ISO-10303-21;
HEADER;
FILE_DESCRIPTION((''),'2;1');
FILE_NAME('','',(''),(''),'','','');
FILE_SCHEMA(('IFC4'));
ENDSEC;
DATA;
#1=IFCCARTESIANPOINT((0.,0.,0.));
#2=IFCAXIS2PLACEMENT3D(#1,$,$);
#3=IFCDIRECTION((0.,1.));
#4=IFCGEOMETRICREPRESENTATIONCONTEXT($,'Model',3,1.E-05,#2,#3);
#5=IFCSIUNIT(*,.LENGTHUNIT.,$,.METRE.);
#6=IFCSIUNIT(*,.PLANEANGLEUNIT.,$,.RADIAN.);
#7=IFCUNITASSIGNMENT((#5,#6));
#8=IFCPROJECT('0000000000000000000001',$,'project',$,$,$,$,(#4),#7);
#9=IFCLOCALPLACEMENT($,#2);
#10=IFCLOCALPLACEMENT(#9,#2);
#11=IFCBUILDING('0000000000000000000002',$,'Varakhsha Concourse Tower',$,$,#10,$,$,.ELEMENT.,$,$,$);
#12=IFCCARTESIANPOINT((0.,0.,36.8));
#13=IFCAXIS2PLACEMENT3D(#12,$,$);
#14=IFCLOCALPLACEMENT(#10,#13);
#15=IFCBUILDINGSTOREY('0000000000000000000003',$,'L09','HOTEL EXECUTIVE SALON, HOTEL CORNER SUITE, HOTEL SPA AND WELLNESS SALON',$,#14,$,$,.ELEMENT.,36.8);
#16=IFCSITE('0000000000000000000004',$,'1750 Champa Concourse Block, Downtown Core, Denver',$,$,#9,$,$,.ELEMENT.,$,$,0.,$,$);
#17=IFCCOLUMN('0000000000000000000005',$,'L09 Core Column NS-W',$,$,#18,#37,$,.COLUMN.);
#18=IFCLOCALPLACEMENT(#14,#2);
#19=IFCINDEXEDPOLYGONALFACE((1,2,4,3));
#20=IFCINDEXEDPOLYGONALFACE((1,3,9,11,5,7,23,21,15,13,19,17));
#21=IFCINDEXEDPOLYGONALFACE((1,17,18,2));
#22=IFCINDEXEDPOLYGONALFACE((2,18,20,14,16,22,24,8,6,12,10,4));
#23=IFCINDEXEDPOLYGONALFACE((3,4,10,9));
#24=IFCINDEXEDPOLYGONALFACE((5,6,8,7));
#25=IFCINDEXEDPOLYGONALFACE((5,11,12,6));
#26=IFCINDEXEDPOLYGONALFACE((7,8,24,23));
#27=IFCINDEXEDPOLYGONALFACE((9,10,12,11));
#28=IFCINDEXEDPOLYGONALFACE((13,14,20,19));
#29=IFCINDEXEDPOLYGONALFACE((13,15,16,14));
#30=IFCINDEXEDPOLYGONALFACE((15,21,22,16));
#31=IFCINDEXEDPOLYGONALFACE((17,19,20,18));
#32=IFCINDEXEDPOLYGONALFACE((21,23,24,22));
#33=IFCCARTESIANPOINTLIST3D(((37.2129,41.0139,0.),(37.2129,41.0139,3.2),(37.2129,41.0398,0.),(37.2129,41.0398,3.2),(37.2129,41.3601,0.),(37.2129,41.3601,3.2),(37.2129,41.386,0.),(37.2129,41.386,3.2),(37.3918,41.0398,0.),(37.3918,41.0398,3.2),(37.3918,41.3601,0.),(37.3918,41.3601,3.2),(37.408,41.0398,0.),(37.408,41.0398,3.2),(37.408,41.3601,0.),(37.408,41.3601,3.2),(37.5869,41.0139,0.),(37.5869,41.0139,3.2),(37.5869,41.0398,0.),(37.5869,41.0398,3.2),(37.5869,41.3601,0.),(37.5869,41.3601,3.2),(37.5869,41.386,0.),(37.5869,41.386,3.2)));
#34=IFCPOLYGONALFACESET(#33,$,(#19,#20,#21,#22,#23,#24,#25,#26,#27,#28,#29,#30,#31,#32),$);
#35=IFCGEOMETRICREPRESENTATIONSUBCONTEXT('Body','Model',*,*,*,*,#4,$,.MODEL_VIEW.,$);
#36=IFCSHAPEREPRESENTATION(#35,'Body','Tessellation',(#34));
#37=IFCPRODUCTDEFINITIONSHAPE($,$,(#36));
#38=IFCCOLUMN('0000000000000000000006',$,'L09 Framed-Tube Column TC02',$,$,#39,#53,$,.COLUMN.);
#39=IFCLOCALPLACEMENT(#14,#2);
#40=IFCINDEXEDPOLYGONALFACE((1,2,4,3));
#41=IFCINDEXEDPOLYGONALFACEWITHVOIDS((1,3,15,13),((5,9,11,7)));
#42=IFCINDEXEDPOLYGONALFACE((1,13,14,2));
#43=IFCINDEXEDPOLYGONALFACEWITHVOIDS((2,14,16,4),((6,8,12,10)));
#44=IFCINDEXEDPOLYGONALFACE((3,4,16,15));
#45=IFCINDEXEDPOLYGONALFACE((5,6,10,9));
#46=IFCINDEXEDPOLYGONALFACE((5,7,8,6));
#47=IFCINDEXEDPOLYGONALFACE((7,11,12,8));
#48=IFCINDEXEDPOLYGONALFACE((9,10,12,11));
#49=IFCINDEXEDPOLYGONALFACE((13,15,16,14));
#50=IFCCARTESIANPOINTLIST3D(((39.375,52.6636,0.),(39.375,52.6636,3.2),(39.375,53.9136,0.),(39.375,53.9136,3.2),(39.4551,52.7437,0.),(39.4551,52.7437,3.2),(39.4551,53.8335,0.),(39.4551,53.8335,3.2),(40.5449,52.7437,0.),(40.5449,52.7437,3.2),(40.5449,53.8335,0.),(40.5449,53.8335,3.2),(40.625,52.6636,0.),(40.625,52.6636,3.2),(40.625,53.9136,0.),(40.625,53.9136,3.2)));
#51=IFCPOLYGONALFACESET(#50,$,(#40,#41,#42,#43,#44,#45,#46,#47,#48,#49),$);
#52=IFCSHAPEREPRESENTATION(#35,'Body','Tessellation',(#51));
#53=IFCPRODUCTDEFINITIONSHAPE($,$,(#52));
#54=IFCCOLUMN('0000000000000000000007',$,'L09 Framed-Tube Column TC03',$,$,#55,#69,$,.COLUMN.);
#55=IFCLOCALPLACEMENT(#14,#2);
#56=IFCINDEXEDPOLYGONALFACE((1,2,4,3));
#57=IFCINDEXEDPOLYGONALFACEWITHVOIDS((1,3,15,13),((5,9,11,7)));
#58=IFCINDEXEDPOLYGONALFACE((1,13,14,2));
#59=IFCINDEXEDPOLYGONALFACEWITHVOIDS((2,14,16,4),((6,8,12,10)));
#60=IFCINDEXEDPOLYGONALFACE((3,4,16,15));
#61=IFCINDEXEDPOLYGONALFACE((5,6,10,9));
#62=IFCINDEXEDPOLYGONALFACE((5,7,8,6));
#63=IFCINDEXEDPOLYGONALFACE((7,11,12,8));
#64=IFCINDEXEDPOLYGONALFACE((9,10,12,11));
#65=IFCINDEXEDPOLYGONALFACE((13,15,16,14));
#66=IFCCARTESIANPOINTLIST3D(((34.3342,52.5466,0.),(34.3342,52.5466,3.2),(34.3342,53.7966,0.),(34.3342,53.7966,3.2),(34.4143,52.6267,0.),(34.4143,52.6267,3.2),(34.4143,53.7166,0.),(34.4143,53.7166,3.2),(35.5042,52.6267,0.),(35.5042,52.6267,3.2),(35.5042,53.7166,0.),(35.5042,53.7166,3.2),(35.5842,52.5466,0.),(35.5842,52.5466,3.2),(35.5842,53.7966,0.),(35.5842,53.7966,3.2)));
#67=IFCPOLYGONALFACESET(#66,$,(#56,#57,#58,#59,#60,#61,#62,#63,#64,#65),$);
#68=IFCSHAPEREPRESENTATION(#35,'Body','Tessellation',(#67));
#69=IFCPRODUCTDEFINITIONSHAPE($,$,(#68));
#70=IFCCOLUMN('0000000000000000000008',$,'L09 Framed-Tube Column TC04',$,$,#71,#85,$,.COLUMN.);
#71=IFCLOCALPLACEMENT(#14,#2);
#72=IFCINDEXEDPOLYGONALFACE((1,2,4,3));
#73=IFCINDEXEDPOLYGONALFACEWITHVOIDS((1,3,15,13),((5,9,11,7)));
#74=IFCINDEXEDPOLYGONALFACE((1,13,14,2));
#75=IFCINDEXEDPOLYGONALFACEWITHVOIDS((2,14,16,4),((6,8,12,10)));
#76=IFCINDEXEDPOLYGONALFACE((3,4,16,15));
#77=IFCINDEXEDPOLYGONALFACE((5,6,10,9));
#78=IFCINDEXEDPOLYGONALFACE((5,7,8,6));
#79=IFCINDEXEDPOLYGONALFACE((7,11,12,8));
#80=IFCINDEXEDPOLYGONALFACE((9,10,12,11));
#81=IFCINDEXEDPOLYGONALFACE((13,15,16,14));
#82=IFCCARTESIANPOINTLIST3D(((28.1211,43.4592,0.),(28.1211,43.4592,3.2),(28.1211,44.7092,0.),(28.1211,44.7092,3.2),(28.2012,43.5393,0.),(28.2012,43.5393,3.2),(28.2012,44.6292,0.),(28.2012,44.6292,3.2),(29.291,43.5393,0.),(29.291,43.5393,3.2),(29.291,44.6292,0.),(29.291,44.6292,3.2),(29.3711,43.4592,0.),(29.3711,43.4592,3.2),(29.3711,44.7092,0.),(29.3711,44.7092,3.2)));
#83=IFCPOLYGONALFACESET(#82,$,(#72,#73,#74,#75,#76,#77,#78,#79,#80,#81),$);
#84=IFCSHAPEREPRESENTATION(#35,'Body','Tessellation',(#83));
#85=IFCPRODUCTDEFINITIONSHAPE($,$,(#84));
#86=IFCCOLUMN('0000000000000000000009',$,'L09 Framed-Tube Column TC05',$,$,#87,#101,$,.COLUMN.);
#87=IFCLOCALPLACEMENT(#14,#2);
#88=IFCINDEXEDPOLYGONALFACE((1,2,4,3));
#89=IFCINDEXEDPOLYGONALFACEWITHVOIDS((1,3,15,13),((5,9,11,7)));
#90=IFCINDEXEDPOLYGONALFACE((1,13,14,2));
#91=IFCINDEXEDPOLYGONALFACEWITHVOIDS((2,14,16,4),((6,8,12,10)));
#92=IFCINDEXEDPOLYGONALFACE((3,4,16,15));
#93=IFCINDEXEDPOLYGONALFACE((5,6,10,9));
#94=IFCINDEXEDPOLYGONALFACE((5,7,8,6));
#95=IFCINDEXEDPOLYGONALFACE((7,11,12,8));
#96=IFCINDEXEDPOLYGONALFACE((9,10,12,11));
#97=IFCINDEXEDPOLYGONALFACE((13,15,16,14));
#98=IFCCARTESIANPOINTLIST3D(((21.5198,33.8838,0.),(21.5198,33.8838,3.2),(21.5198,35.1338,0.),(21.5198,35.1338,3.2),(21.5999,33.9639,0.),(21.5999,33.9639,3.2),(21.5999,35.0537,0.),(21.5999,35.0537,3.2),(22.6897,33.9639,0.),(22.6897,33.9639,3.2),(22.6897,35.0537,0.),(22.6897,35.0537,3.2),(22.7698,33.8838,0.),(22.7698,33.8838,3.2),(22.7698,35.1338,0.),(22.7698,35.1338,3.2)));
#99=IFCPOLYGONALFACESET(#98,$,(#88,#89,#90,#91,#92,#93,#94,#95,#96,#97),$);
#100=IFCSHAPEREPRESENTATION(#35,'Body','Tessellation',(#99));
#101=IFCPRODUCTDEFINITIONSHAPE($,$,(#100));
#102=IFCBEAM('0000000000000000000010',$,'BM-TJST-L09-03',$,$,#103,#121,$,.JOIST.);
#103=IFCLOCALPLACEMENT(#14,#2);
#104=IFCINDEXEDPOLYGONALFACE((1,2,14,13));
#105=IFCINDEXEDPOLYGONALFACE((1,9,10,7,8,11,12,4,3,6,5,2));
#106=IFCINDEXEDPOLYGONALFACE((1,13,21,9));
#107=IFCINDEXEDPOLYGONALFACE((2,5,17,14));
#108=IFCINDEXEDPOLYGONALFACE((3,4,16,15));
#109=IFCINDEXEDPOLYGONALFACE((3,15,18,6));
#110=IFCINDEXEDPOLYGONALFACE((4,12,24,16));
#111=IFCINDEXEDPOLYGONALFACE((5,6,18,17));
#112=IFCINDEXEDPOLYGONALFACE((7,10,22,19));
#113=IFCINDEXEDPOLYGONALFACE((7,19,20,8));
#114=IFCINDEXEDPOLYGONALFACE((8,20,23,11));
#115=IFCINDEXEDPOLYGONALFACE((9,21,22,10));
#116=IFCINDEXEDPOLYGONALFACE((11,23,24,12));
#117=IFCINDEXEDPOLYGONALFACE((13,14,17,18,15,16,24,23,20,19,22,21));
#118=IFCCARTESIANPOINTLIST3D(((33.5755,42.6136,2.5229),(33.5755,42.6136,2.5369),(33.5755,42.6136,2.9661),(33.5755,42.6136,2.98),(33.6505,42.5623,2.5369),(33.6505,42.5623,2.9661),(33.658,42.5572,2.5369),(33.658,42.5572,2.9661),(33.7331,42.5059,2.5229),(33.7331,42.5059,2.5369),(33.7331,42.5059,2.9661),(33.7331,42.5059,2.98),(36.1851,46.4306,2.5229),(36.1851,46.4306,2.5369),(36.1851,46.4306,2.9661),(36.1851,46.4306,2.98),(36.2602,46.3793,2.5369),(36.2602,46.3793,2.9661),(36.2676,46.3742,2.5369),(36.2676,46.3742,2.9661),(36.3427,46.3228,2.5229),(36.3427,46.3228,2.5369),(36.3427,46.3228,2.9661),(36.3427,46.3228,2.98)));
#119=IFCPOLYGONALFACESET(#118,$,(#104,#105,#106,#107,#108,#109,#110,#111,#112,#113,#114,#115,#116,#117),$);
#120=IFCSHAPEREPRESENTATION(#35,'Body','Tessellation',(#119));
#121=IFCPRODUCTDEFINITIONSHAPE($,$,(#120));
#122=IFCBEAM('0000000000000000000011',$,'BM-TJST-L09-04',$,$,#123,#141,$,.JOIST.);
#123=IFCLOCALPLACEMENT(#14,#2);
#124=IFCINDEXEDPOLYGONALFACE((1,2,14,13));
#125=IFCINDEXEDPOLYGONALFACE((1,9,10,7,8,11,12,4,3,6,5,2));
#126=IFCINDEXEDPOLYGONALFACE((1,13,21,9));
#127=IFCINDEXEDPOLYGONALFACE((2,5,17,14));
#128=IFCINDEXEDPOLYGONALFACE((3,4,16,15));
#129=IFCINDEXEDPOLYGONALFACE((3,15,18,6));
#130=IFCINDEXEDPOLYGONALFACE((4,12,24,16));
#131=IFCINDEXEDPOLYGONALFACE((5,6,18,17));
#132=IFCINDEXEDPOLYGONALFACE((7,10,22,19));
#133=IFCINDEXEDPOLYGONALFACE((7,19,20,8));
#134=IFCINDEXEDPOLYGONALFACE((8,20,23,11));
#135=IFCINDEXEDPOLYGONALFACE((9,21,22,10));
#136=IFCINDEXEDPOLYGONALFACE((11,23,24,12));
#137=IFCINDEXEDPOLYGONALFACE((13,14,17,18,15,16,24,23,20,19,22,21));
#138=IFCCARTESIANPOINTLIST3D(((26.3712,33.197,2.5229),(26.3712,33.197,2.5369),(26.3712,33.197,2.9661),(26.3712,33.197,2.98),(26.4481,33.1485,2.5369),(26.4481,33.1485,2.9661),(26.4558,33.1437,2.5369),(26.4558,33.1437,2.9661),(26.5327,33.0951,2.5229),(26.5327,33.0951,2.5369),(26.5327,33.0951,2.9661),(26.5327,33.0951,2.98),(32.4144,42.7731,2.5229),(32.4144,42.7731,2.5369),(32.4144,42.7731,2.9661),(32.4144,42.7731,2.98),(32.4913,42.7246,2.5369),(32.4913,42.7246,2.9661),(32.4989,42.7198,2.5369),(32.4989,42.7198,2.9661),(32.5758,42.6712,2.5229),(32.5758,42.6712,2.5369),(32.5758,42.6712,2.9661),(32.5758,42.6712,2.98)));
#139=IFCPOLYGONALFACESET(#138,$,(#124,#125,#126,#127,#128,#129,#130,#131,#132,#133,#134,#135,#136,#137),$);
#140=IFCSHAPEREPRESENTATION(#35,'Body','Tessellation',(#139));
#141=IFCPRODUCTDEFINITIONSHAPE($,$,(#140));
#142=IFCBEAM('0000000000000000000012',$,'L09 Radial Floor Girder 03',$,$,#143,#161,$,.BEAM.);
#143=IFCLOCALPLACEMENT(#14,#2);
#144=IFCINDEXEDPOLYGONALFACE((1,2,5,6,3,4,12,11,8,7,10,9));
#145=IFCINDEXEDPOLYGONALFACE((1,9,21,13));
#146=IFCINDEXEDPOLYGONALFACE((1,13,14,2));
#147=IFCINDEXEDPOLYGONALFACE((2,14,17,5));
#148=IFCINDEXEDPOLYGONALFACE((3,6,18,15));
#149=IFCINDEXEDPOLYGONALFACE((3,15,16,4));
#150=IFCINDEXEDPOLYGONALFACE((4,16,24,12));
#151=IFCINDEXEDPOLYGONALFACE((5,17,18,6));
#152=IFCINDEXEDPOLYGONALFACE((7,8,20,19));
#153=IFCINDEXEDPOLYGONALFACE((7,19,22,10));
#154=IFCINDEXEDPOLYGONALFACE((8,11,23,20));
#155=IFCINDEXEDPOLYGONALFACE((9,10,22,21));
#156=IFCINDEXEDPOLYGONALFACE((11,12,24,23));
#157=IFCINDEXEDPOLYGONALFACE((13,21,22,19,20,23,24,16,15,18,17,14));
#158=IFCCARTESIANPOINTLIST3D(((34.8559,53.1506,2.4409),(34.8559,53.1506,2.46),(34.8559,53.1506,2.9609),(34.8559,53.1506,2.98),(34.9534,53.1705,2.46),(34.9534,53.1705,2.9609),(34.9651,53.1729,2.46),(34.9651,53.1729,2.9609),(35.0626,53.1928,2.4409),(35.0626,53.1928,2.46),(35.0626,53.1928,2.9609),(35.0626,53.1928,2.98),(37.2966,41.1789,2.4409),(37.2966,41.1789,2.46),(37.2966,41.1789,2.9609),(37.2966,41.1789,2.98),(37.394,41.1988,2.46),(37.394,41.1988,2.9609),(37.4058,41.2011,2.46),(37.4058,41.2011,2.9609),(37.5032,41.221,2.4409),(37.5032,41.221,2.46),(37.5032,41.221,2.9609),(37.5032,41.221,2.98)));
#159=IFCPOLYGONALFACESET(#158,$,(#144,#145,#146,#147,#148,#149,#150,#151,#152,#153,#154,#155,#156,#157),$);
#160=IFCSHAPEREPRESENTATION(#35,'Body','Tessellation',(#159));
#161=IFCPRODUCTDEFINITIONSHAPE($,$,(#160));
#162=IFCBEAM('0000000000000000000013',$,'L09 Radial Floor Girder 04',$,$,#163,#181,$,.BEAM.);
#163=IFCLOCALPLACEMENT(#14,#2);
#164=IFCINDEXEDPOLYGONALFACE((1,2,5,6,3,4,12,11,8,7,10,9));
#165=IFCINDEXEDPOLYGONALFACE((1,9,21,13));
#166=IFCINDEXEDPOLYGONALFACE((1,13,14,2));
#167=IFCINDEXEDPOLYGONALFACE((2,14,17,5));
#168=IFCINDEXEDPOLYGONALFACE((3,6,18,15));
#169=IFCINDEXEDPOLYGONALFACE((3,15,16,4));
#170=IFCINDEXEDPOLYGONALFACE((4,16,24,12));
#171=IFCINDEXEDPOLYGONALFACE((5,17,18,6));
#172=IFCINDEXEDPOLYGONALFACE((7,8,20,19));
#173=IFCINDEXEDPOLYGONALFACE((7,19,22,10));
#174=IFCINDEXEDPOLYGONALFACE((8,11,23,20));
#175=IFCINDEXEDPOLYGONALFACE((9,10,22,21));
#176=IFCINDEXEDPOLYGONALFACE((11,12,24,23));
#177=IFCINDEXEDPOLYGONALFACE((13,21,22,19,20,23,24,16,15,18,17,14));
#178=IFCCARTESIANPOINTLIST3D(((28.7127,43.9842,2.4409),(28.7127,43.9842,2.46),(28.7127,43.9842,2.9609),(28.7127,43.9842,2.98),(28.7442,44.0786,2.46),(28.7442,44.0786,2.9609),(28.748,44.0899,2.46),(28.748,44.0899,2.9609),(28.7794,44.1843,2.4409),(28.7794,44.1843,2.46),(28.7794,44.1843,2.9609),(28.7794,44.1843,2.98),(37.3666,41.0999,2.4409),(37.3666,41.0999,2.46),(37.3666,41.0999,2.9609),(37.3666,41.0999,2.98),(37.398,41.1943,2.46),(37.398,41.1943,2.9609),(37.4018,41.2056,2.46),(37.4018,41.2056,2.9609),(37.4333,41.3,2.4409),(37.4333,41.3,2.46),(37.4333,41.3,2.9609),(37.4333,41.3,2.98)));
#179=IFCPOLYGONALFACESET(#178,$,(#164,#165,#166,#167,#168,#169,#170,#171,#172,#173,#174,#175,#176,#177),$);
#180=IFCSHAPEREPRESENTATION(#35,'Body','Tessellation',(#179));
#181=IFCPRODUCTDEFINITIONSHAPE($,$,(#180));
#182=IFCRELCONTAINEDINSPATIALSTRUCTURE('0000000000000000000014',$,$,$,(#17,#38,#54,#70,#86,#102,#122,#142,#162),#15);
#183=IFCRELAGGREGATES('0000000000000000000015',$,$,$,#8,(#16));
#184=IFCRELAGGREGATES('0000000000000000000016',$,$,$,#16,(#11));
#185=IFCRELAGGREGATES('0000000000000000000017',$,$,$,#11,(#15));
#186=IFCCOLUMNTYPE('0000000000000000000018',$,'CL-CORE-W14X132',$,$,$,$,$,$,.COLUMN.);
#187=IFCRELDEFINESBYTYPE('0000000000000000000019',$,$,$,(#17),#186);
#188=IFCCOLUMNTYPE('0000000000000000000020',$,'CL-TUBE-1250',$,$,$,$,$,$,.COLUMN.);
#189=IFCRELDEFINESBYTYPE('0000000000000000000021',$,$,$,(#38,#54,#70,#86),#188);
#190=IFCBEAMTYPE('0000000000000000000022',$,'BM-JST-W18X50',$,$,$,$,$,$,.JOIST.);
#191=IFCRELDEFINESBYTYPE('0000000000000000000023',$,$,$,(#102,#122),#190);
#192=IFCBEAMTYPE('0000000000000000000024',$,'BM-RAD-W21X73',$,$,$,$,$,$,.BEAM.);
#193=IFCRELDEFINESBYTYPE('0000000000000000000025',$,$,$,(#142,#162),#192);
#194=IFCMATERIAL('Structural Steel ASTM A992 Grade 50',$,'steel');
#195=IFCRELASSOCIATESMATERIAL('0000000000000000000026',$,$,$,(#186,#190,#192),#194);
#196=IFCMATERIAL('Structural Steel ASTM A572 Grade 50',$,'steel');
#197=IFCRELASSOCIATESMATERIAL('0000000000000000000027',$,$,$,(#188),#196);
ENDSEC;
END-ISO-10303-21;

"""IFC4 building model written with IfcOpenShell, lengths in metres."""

from ifc_helpers import new_model, si_unit, direction, frame, origin, origin_2d, place, context, subcontext, project, spatial, hollow_rectangle, i_section, extrude, material, material_profile, profile_set, type_object, element, save


model = new_model("IFC4")

# Units and contexts
model_context = context("Model", 3, precision=1e-05, world=origin(), true_north=direction((0.0, 1.0)))
body_context = subcontext(model_context, "Body", "Model", "MODEL_VIEW")
ifc_project = project(units=[si_unit("LENGTHUNIT", "METRE"), si_unit("PLANEANGLEUNIT", "RADIAN")], contexts=[model_context])

# Site, building, storey
site_placement = place(None, origin())
site = spatial("IfcSite", under=ifc_project, at=site_placement, Name="1750 Champa Concourse Block, Downtown Core, Denver", CompositionType="ELEMENT", RefElevation=0.0)
building_placement = place(site_placement, origin())
building = spatial("IfcBuilding", under=site, at=building_placement, Name="Varakhsha Concourse Tower", CompositionType="ELEMENT")
storey_placement = place(building_placement, frame((0.0, 0.0, 36.8)))
storey = spatial("IfcBuildingStorey", under=building, at=storey_placement, Name="L09", Description="HOTEL EXECUTIVE SALON, HOTEL CORNER SUITE, HOTEL SPA AND WELLNESS SALON", CompositionType="ELEMENT", Elevation=36.8)

# Columns
ifc_material_1 = material(Name="Structural Steel ASTM A992 Grade 50", Category="steel")
ifc_material_profile_1 = material_profile(ifc_material_1, i_section(OverallWidth=0.374, OverallDepth=0.3721, WebThickness=0.0161, FlangeThickness=0.0259, at=origin_2d()), Name="W14X132")
ifc_profile_set_1 = profile_set([ifc_material_profile_1], Name="Structural Steel ASTM A992 Grade 50")
column_type_1 = type_object("IfcColumnType", Name="CL-CORE-W14X132", PredefinedType="COLUMN", material=ifc_profile_set_1)
column_placement = place(storey_placement, frame((37.3999, 41.2, 0.0), z_axis=(0.0, 0.0, 1.0), x_axis=(1.0, 0.0, 0.0)))
element("IfcColumn", 1, at=column_placement, inside=storey, type_object=column_type_1, Name="L09 Core Column NS-W", PredefinedType="COLUMN", context=body_context, shape_type="SweptSolid", body=[
    extrude(i_section(OverallWidth=0.374, OverallDepth=0.3721, WebThickness=0.0161, FlangeThickness=0.0259, at=origin_2d()), origin(), (0.0, 0.0, 1.0), 3.2),
])
ifc_material_2 = material(Name="Structural Steel ASTM A572 Grade 50", Category="steel")
ifc_material_profile_2 = material_profile(ifc_material_2, hollow_rectangle(XDim=1.25, YDim=1.25, WallThickness=0.0801, at=origin_2d()), Name="BOX 1250x1250x80")
ifc_profile_set_2 = profile_set([ifc_material_profile_2], Name="Structural Steel ASTM A572 Grade 50")
column_type_2 = type_object("IfcColumnType", Name="CL-TUBE-1250", PredefinedType="COLUMN", material=ifc_profile_set_2)
for number, where, z_axis, x_axis, name in (
    (2, (40.0, 53.2886, 0.0), (0.0, 0.0, 1.0), (1.0, 0.0, 0.0), "L09 Framed-Tube Column TC02"),
    (3, (34.9592, 53.1716, 0.0), (0.0, 0.0, 1.0), (1.0, 0.0, 0.0), "L09 Framed-Tube Column TC03"),
    (4, (28.7461, 44.0842, 0.0), (0.0, 0.0, 1.0), (1.0, 0.0, 0.0), "L09 Framed-Tube Column TC04"),
    (5, (22.1448, 34.5088, 0.0), (0.0, 0.0, 1.0), (1.0, 0.0, 0.0), "L09 Framed-Tube Column TC05"),
):
    element("IfcColumn", number, at=place(storey_placement, frame(where, z_axis=z_axis, x_axis=x_axis)), inside=storey, type_object=column_type_2, Name=name, PredefinedType="COLUMN", context=body_context, shape_type="SweptSolid", body=[
        extrude(hollow_rectangle(XDim=1.25, YDim=1.25, WallThickness=0.0801, at=origin_2d()), origin(), (0.0, 0.0, 1.0), 3.2),
    ])

# Beams
ifc_material_profile_3 = material_profile(ifc_material_1, i_section(OverallWidth=0.1909, OverallDepth=0.457, WebThickness=0.009, FlangeThickness=0.0139, at=origin_2d()), Name="W18X50")
ifc_profile_set_3 = profile_set([ifc_material_profile_3], Name="Structural Steel ASTM A992 Grade 50")
beam_type_1 = type_object("IfcBeamType", Name="BM-JST-W18X50", PredefinedType="JOIST", material=ifc_profile_set_3)
beam_1_placement = place(storey_placement, frame((36.2639, 46.3767, 2.7515), z_axis=(-0.564398, -0.825503, 0.0), x_axis=(0.825503, -0.564398, 0.0)))
element("IfcBeam", 6, at=beam_1_placement, inside=storey, type_object=beam_type_1, Name="BM-TJST-L09-03", PredefinedType="JOIST", context=body_context, shape_type="SweptSolid", body=[
    extrude(i_section(OverallWidth=0.1909, OverallDepth=0.457, WebThickness=0.009, FlangeThickness=0.0139, at=origin_2d()), origin(), (0.0, 0.0, 1.0), 4.6238),
])
beam_2_placement = place(storey_placement, frame((32.4951, 42.7222, 2.7515), z_axis=(-0.533684, -0.845684, 0.0), x_axis=(0.845684, -0.533684, 0.0)))
element("IfcBeam", 7, at=beam_2_placement, inside=storey, type_object=beam_type_1, Name="BM-TJST-L09-04", PredefinedType="JOIST", context=body_context, shape_type="SweptSolid", body=[
    extrude(i_section(OverallWidth=0.1909, OverallDepth=0.457, WebThickness=0.009, FlangeThickness=0.0139, at=origin_2d()), origin(), (0.0, 0.0, 1.0), 11.3235),
])
ifc_material_profile_4 = material_profile(ifc_material_1, i_section(OverallWidth=0.2109, OverallDepth=0.5391, WebThickness=0.012, FlangeThickness=0.019, at=origin_2d()), Name="W21X73")
ifc_profile_set_4 = profile_set([ifc_material_profile_4], Name="Structural Steel ASTM A992 Grade 50")
beam_type_2 = type_object("IfcBeamType", Name="BM-RAD-W21X73", PredefinedType="BEAM", material=ifc_profile_set_4)
beam_3_placement = place(storey_placement, frame((37.3999, 41.2, 2.7104), z_axis=(-0.199762, 0.979845, 0.0), x_axis=(-0.979845, -0.199762, 0.0)))
element("IfcBeam", 8, at=beam_3_placement, inside=storey, type_object=beam_type_2, Name="L09 Radial Floor Girder 03", PredefinedType="BEAM", context=body_context, shape_type="SweptSolid", body=[
    extrude(i_section(OverallWidth=0.2109, OverallDepth=0.5391, WebThickness=0.012, FlangeThickness=0.019, at=origin_2d()), origin(), (0.0, 0.0, 1.0), 12.218),
])
beam_4_placement = place(storey_placement, frame((37.3999, 41.2, 2.7104), z_axis=(-0.948694, 0.316196, 0.0), x_axis=(-0.316196, -0.948694, 0.0)))
element("IfcBeam", 9, at=beam_4_placement, inside=storey, type_object=beam_type_2, Name="L09 Radial Floor Girder 04", PredefinedType="BEAM", context=body_context, shape_type="SweptSolid", body=[
    extrude(i_section(OverallWidth=0.2109, OverallDepth=0.5391, WebThickness=0.012, FlangeThickness=0.019, at=origin_2d()), origin(), (0.0, 0.0, 1.0), 9.1218),
])

save(model, "model.ifc")
